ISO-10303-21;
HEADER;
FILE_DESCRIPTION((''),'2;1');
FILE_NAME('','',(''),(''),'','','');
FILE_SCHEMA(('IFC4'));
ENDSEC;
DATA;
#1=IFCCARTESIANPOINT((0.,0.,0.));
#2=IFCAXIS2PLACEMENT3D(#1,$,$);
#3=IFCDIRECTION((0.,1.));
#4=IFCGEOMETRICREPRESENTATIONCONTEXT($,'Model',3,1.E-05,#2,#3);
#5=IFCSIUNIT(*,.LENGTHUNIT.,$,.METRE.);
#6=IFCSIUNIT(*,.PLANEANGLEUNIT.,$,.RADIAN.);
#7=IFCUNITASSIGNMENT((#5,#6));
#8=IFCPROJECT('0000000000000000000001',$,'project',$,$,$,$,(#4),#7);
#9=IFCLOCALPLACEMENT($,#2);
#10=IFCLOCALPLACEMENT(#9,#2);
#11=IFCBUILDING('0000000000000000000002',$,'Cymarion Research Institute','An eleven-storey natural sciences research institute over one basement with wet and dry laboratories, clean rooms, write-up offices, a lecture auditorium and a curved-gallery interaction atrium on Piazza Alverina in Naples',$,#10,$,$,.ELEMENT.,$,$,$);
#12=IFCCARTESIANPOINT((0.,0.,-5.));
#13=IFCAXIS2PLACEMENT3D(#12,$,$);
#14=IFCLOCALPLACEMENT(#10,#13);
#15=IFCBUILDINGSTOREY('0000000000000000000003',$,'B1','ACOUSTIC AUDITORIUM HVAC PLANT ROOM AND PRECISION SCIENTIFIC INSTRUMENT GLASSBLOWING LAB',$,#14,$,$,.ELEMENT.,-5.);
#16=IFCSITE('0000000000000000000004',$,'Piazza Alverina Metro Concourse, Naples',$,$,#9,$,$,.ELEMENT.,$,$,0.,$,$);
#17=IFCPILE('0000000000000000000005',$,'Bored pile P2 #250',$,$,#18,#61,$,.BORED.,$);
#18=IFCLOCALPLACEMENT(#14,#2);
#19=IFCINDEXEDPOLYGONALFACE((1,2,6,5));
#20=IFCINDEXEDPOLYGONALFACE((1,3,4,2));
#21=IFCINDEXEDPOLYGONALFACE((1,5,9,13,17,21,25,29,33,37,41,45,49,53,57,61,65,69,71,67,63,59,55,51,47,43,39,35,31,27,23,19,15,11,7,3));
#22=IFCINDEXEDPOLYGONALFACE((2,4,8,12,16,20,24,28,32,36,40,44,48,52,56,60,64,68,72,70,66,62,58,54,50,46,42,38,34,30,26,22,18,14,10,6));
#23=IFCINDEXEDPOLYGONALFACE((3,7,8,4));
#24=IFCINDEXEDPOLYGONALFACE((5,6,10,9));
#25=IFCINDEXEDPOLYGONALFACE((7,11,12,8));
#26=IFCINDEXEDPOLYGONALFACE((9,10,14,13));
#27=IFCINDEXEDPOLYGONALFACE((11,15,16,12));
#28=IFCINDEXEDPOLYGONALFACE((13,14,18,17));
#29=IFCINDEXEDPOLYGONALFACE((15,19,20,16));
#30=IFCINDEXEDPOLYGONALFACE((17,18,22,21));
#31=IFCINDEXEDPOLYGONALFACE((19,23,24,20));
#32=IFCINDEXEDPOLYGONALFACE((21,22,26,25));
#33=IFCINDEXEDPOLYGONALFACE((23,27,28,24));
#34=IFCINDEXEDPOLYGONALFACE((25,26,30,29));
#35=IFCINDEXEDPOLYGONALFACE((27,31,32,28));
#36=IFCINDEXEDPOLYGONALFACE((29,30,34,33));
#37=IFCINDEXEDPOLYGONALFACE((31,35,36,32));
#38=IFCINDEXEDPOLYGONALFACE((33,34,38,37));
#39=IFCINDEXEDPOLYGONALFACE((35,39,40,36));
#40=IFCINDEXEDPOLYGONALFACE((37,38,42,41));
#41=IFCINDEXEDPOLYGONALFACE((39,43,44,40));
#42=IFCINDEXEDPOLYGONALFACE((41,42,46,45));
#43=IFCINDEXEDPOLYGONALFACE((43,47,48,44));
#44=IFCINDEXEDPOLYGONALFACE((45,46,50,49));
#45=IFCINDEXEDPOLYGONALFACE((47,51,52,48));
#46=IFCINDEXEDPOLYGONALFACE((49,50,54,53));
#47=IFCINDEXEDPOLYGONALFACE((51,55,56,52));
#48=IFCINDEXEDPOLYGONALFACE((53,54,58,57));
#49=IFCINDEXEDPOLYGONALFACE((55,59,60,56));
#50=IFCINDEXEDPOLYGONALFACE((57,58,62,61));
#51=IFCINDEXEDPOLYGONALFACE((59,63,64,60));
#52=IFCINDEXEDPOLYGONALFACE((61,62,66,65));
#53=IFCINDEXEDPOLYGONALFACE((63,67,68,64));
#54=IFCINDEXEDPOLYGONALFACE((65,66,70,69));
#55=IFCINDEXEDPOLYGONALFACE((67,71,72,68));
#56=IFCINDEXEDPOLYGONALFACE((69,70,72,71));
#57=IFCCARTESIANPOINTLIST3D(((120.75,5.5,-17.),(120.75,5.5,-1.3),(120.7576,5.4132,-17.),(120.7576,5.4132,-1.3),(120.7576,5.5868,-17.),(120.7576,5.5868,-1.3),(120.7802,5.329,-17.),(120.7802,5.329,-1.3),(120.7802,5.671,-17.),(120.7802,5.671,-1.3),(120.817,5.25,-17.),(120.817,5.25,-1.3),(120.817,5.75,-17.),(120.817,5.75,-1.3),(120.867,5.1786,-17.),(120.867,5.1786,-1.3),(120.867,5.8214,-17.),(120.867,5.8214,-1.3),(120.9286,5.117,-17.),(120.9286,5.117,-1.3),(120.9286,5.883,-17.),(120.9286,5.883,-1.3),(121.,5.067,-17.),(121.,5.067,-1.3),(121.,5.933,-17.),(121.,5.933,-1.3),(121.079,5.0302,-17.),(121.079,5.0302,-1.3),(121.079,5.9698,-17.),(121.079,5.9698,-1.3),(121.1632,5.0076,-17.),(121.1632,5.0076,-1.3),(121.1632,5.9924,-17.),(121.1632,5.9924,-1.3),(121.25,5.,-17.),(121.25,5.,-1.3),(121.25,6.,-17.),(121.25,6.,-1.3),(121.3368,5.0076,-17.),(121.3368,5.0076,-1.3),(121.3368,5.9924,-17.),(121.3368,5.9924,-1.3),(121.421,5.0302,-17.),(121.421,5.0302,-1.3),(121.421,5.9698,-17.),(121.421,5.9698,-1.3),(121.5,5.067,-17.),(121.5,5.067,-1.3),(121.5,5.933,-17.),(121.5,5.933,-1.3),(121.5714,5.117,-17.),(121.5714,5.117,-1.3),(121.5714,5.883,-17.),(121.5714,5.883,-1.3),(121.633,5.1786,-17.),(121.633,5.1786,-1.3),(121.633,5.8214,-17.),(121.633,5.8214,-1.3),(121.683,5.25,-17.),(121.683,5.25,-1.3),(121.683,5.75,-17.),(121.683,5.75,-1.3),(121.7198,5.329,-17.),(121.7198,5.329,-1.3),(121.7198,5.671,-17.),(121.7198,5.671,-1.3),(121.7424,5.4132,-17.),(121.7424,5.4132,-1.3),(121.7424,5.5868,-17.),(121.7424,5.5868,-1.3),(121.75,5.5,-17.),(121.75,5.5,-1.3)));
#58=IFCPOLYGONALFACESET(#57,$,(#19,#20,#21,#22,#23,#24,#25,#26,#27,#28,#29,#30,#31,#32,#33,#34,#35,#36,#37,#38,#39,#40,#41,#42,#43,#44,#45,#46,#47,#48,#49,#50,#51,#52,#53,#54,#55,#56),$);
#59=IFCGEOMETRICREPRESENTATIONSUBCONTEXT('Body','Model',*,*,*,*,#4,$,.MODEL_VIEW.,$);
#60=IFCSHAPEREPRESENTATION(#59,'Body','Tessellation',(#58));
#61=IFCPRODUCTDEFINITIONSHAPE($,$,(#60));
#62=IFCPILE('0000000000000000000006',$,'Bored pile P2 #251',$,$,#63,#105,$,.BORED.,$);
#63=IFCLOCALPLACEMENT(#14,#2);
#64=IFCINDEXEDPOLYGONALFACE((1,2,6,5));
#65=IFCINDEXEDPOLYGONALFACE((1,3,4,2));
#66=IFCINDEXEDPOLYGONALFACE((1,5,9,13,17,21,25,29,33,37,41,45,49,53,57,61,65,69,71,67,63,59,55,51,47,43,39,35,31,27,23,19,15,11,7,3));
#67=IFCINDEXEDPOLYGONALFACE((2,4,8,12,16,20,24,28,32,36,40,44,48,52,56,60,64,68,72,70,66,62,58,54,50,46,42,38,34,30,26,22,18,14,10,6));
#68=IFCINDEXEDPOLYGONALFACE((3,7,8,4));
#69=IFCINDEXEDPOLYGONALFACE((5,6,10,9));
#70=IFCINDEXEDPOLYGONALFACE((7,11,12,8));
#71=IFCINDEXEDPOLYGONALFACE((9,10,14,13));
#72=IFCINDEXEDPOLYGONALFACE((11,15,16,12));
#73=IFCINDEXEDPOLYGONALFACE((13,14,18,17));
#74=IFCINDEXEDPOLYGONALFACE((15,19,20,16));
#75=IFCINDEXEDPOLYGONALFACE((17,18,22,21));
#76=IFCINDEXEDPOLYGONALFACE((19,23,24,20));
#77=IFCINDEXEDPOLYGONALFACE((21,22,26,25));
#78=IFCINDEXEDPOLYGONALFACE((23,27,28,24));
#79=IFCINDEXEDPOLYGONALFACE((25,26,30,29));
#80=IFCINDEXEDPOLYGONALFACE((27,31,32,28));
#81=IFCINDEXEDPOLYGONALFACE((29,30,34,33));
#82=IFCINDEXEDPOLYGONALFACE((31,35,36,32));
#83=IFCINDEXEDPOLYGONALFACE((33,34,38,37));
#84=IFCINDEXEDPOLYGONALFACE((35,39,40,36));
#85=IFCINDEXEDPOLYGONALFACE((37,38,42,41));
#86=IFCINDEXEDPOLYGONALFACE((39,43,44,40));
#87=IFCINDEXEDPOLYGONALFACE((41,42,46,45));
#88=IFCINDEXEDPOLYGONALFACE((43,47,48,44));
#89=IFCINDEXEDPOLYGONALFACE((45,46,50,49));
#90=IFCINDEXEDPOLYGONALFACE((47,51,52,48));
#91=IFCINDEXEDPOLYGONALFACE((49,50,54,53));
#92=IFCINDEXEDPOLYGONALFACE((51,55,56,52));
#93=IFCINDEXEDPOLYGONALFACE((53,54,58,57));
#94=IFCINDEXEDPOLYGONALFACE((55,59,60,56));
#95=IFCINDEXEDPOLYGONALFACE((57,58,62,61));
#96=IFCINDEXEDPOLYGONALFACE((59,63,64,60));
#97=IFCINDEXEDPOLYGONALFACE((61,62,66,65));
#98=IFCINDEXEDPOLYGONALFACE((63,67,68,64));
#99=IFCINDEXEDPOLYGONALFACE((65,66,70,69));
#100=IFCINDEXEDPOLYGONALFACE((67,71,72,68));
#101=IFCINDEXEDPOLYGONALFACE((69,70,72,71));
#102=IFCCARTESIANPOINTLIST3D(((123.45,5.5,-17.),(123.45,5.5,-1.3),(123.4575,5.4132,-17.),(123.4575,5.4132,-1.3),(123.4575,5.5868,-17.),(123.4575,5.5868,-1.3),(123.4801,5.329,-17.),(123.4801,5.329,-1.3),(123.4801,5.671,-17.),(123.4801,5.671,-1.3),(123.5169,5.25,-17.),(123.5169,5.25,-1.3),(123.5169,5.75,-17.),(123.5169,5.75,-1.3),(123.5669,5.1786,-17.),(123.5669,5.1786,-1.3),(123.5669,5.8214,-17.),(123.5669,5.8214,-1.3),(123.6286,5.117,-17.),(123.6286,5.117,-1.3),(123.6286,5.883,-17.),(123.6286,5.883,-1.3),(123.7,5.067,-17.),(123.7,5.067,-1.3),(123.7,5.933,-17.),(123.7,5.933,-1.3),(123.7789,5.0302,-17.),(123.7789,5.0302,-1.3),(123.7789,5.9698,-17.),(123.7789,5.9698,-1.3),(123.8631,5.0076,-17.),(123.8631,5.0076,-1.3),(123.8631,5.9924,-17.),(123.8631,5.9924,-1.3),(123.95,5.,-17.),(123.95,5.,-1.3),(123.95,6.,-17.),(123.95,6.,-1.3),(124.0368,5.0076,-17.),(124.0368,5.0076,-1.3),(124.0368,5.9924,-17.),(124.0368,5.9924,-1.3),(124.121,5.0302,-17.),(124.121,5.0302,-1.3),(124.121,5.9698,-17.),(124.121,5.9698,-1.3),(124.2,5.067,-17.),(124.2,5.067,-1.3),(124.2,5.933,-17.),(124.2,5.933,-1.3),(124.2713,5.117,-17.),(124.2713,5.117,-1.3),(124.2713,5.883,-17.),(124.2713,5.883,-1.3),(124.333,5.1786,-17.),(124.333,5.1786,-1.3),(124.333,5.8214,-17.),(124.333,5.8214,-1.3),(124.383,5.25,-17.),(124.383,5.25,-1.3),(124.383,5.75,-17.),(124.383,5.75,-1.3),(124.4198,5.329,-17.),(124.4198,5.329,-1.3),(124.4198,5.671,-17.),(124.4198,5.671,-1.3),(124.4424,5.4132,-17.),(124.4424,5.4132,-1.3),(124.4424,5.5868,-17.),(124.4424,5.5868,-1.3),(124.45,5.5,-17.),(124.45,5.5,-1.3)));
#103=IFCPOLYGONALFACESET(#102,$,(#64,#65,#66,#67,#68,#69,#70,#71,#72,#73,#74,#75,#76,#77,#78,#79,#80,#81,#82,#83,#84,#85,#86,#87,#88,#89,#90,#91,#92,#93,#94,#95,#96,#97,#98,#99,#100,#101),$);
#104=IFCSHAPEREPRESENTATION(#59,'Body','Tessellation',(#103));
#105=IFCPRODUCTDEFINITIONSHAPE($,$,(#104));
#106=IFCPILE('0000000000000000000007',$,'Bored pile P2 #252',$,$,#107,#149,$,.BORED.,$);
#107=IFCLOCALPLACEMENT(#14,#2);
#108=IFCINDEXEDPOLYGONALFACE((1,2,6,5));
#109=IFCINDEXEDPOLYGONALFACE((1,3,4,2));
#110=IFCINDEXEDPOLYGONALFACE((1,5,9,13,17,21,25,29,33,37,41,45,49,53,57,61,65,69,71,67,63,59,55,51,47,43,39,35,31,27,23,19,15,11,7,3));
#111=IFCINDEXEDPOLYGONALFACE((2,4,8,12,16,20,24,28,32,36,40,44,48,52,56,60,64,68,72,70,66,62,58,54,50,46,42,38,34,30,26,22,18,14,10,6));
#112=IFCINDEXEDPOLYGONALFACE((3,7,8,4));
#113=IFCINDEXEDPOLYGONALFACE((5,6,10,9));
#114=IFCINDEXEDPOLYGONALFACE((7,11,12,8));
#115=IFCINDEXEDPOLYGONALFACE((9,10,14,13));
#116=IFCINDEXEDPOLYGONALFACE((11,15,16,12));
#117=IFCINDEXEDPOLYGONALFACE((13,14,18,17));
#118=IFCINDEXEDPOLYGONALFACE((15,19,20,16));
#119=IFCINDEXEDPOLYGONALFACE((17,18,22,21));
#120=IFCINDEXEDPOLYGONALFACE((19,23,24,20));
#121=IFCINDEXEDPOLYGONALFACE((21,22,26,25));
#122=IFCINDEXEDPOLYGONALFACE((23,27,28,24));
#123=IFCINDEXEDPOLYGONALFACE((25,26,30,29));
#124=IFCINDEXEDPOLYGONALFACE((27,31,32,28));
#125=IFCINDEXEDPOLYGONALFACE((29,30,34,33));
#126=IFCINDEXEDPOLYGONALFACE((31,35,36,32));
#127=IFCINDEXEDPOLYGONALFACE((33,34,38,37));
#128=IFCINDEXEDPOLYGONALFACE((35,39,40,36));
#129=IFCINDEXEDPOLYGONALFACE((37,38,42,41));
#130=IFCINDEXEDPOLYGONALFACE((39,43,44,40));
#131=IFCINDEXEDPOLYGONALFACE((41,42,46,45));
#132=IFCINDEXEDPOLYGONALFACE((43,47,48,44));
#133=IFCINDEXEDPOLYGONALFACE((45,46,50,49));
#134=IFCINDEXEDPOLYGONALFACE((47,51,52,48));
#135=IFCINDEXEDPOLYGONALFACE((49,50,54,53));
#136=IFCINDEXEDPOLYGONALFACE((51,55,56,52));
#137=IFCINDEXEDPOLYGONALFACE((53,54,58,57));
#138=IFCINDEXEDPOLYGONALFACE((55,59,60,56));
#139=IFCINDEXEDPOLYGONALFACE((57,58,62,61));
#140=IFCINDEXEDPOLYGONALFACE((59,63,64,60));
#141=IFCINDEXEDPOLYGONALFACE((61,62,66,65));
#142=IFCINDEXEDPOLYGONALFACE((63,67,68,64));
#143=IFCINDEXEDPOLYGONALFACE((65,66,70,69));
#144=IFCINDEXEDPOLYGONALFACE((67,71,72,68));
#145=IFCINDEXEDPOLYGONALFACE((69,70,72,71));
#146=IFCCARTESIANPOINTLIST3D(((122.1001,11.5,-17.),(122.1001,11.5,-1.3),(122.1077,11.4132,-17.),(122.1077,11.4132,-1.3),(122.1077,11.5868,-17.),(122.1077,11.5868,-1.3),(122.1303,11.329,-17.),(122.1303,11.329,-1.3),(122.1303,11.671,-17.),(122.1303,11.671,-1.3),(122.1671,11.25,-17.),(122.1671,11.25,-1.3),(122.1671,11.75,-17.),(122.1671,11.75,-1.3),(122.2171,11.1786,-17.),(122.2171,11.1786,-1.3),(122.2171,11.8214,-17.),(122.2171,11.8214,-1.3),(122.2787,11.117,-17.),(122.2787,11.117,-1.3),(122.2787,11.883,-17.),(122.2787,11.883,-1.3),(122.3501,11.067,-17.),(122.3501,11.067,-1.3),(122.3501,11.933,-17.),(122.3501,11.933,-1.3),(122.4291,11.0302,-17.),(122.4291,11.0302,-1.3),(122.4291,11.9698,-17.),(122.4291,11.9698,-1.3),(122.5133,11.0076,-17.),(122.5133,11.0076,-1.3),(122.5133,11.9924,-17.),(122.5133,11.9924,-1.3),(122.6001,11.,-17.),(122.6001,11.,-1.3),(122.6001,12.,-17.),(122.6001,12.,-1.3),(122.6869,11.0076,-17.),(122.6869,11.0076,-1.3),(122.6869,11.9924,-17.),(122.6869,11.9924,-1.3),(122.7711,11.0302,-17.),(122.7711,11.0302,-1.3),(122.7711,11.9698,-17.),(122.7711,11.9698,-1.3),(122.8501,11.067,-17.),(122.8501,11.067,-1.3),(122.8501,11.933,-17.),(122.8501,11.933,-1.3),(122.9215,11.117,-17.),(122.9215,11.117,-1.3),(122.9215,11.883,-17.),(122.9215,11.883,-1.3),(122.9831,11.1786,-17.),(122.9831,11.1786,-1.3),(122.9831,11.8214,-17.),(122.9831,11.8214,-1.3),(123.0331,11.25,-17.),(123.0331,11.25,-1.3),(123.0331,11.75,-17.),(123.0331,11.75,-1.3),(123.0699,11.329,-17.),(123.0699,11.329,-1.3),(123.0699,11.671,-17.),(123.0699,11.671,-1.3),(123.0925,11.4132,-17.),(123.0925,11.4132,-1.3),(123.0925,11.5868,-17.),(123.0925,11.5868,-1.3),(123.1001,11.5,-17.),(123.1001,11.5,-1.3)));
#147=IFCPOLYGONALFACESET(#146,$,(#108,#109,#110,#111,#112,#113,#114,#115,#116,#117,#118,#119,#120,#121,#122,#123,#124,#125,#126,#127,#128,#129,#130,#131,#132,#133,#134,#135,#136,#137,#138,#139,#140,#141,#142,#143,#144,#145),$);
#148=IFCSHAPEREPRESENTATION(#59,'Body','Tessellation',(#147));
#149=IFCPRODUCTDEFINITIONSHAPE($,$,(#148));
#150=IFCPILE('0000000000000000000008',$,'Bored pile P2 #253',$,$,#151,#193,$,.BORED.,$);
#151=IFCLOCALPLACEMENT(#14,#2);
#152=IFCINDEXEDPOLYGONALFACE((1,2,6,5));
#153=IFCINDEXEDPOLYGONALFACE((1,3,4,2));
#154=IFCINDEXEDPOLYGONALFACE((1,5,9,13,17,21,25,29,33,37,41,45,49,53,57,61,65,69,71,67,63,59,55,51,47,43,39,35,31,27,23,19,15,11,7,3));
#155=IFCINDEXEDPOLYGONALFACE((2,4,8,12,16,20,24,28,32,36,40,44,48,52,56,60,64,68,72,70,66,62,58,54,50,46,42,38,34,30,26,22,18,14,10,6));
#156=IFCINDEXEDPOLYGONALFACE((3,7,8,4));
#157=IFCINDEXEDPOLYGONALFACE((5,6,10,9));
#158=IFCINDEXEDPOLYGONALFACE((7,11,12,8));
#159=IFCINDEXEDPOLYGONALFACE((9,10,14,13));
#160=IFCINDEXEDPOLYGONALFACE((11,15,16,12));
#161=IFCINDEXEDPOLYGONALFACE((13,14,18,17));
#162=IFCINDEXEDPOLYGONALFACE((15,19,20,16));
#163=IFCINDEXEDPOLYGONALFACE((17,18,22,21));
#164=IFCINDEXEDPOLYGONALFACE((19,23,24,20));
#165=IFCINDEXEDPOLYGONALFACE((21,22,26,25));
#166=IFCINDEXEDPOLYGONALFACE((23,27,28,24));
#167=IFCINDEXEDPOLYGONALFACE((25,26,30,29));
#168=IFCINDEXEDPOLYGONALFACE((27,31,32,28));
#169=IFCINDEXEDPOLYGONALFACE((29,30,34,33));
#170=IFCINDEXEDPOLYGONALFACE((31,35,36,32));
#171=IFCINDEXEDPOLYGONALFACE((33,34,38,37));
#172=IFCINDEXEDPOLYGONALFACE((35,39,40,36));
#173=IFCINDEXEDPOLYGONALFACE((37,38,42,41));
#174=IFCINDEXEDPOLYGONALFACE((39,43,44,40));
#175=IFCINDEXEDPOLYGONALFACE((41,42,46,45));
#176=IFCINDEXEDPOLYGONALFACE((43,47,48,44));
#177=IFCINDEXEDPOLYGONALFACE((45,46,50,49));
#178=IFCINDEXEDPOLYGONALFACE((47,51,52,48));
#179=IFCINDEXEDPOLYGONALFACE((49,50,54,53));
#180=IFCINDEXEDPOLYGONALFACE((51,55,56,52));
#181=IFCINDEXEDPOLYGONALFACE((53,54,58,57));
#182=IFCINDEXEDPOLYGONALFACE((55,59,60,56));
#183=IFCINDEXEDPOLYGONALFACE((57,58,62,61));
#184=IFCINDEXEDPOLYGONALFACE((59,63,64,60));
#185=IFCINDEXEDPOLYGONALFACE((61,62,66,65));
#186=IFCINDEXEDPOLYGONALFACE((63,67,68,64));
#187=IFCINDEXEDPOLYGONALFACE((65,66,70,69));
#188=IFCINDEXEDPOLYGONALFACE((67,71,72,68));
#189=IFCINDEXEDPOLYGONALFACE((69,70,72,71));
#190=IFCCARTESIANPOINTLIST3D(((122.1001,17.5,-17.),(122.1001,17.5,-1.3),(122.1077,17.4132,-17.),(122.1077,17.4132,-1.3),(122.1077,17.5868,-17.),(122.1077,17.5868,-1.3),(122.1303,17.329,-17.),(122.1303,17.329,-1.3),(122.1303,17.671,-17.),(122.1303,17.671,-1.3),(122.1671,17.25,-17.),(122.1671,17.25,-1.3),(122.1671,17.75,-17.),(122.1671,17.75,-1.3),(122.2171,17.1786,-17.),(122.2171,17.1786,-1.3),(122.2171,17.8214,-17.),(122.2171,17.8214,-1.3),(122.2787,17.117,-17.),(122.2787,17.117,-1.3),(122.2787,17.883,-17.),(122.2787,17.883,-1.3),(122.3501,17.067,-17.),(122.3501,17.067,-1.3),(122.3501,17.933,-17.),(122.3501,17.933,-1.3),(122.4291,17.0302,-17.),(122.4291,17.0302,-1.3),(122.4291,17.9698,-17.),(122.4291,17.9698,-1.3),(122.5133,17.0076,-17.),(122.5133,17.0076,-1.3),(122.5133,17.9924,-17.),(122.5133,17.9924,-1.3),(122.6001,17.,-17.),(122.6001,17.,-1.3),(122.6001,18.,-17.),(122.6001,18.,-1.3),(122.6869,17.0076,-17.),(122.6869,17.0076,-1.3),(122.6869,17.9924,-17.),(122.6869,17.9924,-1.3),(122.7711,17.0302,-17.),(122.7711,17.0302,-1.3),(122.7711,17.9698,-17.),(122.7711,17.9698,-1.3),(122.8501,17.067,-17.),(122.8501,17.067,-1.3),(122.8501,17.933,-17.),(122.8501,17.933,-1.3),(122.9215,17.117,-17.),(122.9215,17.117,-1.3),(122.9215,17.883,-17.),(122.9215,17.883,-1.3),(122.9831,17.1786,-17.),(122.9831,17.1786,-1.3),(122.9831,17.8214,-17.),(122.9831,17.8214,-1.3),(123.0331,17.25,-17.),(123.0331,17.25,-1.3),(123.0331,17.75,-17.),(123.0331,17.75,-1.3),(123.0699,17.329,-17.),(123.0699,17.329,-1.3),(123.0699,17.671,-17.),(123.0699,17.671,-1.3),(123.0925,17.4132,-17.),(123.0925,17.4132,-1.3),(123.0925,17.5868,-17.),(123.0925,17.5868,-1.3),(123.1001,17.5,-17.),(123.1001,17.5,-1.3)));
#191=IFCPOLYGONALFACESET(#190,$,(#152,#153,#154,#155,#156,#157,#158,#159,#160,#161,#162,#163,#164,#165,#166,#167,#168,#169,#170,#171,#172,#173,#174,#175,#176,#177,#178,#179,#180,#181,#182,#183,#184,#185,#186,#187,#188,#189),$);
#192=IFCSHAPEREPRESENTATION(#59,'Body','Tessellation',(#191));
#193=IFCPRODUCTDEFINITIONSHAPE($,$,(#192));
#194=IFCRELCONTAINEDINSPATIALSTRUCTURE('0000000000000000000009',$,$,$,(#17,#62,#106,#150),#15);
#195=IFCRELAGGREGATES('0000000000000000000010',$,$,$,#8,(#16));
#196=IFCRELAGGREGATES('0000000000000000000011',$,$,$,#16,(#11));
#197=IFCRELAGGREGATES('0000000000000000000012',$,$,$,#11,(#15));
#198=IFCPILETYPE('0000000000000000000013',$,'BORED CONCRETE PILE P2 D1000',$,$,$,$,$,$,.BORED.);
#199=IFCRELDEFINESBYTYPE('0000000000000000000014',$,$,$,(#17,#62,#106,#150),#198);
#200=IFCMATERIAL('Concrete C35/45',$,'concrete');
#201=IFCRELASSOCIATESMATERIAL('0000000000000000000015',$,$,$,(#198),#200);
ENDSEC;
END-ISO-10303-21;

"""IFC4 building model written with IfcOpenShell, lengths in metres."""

from ifc_helpers import new_model, si_unit, direction, frame, origin, origin_2d, place, context, subcontext, project, spatial, circle, extrude, material, material_profile, profile_set, type_object, element, save


model = new_model("IFC4")

# Units and contexts
model_context = context("Model", 3, precision=1e-05, world=origin(), true_north=direction((0.0, 1.0)))
body_context = subcontext(model_context, "Body", "Model", "MODEL_VIEW")
ifc_project = project(units=[si_unit("LENGTHUNIT", "METRE"), si_unit("PLANEANGLEUNIT", "RADIAN")], contexts=[model_context])

# Site, building, storey
site_placement = place(None, origin())
site = spatial("IfcSite", under=ifc_project, at=site_placement, Name="Piazza Alverina Metro Concourse, Naples", CompositionType="ELEMENT", RefElevation=0.0)
building_placement = place(site_placement, origin())
building = spatial("IfcBuilding", under=site, at=building_placement, Name="Cymarion Research Institute", Description="An eleven-storey natural sciences research institute over one basement with wet and dry laboratories, clean rooms, write-up offices, a lecture auditorium and a curved-gallery interaction atrium on Piazza Alverina in Naples", CompositionType="ELEMENT")
storey_placement = place(building_placement, frame((0.0, 0.0, -5.0)))
storey = spatial("IfcBuildingStorey", under=building, at=storey_placement, Name="B1", Description="ACOUSTIC AUDITORIUM HVAC PLANT ROOM AND PRECISION SCIENTIFIC INSTRUMENT GLASSBLOWING LAB", CompositionType="ELEMENT", Elevation=-5.0)

# Piles
ifc_material_1 = material(Name="Concrete C35/45", Category="concrete")
ifc_material_profile_1 = material_profile(ifc_material_1, circle(Radius=0.5, at=origin_2d()), Name="BORED PILE D1000")
ifc_profile_set_1 = profile_set([ifc_material_profile_1], Name="Concrete C35/45")
pile_type = type_object("IfcPileType", Name="BORED CONCRETE PILE P2 D1000", PredefinedType="BORED", material=ifc_profile_set_1)
for number, where, z_axis, x_axis, name in (
    (1, (121.25, 5.5, -1.3), (0.0, 0.0, -1.0), (1.0, 0.0, 0.0), "Bored pile P2 #250"),
    (2, (123.95, 5.5, -1.3), (0.0, 0.0, -1.0), (1.0, 0.0, 0.0), "Bored pile P2 #251"),
    (3, (122.6001, 11.5, -1.3), (0.0, 0.0, -1.0), (1.0, 0.0, 0.0), "Bored pile P2 #252"),
    (4, (122.6001, 17.5, -1.3), (0.0, 0.0, -1.0), (1.0, 0.0, 0.0), "Bored pile P2 #253"),
):
    element("IfcPile", number, at=place(storey_placement, frame(where, z_axis=z_axis, x_axis=x_axis)), inside=storey, type_object=pile_type, Name=name, PredefinedType="BORED", context=body_context, shape_type="SweptSolid", body=[
        extrude(circle(Radius=0.5, at=origin_2d()), origin(), (0.0, 0.0, 1.0), 15.7),
    ])

save(model, "model.ifc")
